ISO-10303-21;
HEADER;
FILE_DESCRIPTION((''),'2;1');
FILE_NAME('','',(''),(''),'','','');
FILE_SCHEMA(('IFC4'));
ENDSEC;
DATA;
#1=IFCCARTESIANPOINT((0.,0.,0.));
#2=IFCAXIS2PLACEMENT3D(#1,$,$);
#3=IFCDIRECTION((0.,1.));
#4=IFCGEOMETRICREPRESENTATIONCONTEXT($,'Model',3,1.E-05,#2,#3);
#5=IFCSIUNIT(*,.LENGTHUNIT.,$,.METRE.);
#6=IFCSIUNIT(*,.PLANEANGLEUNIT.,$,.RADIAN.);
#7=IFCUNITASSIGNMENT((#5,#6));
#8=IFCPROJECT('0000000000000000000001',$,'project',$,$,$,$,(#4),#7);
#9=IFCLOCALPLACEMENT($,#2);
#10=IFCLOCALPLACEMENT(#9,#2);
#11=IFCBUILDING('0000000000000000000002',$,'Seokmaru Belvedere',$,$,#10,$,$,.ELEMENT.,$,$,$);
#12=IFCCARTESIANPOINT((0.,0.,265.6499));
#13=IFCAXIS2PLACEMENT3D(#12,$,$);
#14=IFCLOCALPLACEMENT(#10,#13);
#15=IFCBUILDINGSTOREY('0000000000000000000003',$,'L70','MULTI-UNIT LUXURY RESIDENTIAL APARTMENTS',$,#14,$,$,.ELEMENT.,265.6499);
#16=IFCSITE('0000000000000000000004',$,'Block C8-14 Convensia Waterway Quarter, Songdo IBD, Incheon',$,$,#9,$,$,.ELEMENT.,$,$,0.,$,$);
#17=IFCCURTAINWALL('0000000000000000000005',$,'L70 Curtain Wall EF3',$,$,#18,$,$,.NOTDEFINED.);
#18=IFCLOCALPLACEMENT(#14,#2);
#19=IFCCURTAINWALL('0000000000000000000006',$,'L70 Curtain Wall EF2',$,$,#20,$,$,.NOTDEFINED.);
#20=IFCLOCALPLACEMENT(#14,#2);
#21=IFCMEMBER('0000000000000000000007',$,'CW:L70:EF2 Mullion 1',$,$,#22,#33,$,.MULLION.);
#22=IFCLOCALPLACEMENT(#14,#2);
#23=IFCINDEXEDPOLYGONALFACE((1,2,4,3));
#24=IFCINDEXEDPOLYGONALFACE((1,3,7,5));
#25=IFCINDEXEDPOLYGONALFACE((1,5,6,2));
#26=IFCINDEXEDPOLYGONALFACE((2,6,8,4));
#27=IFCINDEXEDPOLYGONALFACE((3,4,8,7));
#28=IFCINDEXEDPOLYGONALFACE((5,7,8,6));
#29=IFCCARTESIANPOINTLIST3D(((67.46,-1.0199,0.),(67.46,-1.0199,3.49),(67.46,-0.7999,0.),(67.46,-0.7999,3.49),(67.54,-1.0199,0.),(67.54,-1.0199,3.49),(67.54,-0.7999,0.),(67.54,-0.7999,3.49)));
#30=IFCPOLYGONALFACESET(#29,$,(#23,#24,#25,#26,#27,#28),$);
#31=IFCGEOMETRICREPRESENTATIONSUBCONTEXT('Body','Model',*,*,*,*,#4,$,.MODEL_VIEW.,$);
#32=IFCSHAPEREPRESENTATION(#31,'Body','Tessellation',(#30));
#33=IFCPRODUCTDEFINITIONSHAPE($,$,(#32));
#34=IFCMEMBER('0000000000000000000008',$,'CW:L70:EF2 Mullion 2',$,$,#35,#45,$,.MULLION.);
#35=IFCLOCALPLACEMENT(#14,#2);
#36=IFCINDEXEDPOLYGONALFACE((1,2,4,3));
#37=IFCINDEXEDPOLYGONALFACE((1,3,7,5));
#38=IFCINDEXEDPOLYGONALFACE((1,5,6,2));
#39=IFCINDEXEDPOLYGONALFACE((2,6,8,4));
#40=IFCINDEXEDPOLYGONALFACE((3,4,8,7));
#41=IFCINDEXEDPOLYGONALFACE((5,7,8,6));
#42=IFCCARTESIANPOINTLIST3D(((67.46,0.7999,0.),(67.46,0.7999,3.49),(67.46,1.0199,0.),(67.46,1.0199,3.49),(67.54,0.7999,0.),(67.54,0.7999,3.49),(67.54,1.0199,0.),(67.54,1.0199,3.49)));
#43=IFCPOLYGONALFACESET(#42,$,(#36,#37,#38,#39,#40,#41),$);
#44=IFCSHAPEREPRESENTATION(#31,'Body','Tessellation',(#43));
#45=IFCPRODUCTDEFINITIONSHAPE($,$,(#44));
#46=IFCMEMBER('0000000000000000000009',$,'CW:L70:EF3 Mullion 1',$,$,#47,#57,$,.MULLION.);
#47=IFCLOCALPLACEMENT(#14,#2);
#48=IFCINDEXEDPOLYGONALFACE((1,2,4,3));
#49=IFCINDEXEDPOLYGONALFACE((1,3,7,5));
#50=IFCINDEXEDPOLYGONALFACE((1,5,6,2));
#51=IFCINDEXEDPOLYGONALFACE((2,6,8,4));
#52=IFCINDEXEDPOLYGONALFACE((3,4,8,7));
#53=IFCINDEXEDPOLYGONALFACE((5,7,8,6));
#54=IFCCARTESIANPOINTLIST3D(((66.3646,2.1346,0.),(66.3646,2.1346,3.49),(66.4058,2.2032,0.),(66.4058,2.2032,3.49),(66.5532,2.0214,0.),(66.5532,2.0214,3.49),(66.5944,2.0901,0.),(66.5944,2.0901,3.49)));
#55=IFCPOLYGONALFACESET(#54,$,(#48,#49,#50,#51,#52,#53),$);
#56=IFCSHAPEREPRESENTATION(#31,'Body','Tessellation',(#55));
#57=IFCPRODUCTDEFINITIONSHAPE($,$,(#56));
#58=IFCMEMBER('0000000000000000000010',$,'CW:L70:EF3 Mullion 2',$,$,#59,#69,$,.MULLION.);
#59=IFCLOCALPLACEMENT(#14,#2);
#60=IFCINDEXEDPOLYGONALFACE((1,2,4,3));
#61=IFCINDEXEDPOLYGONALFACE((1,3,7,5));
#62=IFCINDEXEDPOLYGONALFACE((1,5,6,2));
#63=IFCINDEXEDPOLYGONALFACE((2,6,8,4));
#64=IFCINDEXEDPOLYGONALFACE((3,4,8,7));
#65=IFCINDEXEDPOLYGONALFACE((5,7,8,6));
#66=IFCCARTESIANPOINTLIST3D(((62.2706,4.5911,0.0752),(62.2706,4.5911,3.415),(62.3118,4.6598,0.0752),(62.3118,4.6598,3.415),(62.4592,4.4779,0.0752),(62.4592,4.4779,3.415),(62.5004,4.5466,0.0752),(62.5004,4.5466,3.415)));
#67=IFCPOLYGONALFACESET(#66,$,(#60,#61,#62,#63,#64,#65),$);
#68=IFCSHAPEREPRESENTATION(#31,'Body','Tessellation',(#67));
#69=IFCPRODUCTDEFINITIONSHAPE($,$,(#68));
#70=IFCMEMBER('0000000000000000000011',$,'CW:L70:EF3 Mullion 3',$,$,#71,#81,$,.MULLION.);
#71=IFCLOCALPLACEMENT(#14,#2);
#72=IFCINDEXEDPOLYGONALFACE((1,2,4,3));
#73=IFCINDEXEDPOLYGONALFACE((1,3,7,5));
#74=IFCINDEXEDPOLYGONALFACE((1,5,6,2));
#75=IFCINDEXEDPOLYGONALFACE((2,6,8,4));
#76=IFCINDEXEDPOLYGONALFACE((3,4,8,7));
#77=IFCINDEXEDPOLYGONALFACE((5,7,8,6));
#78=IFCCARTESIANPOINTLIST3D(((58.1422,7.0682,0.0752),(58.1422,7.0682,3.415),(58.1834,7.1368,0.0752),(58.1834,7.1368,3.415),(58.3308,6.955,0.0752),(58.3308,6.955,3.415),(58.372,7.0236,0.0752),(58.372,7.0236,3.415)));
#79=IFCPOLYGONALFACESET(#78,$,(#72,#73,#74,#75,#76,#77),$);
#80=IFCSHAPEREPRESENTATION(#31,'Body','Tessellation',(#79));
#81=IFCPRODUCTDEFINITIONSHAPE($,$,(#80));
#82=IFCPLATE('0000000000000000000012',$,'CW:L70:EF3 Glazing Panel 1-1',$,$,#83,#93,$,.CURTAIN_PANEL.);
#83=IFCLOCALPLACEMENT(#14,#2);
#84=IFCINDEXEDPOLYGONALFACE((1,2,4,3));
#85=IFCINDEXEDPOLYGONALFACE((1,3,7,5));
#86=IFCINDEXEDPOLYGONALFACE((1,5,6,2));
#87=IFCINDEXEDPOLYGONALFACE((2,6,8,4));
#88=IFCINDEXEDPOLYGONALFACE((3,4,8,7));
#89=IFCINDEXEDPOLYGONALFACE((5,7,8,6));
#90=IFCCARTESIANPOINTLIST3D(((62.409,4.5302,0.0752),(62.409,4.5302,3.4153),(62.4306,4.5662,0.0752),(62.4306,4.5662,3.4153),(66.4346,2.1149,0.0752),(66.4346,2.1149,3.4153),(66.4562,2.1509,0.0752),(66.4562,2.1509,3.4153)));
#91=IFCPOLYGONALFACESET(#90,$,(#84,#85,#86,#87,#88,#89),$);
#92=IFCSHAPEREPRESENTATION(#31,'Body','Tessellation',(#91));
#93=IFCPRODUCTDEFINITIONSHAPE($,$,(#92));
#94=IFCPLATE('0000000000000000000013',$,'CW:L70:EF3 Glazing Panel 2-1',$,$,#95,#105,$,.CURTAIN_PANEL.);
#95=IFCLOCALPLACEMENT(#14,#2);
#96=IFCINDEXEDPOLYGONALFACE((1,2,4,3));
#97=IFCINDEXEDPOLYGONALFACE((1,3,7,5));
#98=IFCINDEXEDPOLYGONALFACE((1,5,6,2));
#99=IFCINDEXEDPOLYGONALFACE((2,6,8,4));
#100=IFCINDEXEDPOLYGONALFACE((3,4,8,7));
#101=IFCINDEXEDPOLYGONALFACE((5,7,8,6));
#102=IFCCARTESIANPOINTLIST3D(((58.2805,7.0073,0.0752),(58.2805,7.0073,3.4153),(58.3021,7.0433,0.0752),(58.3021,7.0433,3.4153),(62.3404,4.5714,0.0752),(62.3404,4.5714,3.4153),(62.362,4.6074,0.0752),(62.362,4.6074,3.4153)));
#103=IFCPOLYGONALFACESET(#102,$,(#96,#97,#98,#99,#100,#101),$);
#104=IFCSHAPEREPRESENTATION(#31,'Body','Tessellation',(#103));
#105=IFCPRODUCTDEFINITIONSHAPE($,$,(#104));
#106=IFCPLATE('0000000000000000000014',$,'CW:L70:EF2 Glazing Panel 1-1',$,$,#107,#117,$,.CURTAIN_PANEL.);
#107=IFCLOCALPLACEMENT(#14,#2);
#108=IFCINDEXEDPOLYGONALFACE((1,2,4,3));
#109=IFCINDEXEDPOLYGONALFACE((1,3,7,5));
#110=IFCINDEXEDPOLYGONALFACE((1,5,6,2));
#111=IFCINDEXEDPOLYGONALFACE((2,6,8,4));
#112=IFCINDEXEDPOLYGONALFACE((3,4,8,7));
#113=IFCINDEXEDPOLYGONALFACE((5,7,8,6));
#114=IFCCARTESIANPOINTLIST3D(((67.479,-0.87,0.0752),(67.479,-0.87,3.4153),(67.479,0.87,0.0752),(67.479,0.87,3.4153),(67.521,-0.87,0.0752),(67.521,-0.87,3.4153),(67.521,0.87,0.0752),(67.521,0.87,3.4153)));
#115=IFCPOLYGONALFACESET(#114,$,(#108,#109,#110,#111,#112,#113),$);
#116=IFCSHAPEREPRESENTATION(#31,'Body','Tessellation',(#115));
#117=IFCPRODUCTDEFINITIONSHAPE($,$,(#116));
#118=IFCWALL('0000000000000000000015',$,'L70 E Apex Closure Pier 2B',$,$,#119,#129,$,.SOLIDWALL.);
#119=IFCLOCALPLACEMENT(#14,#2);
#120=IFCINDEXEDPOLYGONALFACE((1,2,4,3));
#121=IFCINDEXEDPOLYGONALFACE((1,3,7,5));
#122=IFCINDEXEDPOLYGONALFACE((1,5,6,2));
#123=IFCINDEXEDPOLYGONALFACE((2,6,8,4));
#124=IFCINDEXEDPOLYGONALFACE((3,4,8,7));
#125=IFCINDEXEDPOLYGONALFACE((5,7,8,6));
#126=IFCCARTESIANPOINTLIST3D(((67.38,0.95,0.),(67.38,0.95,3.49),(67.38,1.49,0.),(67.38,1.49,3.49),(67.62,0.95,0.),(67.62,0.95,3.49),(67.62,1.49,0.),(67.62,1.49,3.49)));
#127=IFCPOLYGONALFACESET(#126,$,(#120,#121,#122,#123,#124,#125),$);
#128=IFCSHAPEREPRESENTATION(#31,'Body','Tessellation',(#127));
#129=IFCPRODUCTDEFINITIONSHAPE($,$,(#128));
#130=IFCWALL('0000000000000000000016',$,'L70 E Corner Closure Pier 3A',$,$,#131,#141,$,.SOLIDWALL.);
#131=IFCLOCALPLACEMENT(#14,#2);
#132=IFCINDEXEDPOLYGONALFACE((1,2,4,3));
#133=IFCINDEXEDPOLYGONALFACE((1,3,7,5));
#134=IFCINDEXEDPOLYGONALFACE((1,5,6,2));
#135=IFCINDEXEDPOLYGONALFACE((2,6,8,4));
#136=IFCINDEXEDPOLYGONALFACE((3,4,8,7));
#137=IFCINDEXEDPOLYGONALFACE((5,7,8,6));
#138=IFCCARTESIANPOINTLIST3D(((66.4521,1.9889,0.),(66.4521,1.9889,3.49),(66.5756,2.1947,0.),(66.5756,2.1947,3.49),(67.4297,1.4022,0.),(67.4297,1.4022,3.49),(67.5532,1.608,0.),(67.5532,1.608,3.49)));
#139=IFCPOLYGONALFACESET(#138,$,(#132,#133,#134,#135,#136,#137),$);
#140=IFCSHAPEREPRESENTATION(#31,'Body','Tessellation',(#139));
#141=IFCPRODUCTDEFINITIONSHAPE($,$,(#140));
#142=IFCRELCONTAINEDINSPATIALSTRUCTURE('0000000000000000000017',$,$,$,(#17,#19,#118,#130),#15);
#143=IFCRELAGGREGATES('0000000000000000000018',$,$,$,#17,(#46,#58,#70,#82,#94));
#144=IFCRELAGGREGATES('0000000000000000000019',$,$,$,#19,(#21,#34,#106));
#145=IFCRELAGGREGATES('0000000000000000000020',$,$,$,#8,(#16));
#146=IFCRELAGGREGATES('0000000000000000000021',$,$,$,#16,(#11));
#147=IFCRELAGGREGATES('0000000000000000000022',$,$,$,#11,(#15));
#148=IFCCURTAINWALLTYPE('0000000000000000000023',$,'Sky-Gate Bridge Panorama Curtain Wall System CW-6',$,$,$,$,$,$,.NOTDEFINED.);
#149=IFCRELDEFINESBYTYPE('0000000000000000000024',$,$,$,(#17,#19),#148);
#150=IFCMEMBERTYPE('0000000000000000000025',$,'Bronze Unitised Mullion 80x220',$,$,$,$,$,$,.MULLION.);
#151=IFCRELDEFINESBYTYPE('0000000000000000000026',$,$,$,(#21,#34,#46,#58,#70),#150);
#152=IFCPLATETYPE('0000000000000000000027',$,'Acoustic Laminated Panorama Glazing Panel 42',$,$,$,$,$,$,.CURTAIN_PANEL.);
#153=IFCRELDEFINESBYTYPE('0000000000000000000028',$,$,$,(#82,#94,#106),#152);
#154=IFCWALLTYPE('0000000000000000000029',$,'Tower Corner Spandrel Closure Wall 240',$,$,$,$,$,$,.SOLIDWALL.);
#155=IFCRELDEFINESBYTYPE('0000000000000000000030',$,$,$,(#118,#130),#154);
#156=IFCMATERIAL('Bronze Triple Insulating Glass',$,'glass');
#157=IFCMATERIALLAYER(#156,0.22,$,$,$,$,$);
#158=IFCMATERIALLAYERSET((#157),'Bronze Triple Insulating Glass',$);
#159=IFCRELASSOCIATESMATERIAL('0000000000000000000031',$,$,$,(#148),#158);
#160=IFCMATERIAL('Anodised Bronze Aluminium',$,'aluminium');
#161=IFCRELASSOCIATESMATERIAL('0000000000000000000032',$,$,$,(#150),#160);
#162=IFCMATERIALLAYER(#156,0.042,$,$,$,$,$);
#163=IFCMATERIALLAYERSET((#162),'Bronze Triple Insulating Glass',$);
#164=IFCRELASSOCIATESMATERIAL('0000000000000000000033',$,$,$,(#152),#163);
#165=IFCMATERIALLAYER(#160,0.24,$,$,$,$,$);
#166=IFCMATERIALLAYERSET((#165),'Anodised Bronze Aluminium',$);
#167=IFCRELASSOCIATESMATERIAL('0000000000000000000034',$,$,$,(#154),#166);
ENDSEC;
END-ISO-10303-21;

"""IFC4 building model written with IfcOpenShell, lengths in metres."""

from ifc_helpers import new_model, si_unit, direction, frame, frame_2d, origin, origin_2d, place, context, subcontext, project, spatial, rectangle, extrude, source, transform, mapped, material, layer, layer_set, material_profile, profile_set, type_object, type_shapes, element, aggregate, save


model = new_model("IFC4")

# Units and contexts
model_context = context("Model", 3, precision=1e-05, world=origin(), true_north=direction((0.0, 1.0)))
body_context = subcontext(model_context, "Body", "Model", "MODEL_VIEW")
ifc_project = project(units=[si_unit("LENGTHUNIT", "METRE"), si_unit("PLANEANGLEUNIT", "RADIAN")], contexts=[model_context])

# Site, building, storey
site_placement = place(None, origin())
site = spatial("IfcSite", under=ifc_project, at=site_placement, Name="Block C8-14 Convensia Waterway Quarter, Songdo IBD, Incheon", CompositionType="ELEMENT", RefElevation=0.0)
building_placement = place(site_placement, origin())
building = spatial("IfcBuilding", under=site, at=building_placement, Name="Seokmaru Belvedere", CompositionType="ELEMENT")
storey_placement = place(building_placement, frame((0.0, 0.0, 265.6499)))
storey = spatial("IfcBuildingStorey", under=building, at=storey_placement, Name="L70", Description="MULTI-UNIT LUXURY RESIDENTIAL APARTMENTS", CompositionType="ELEMENT", Elevation=265.6499)

# Curtain walls, members
ifc_material_1 = material(Name="Bronze Triple Insulating Glass", Category="glass")
ifc_layer_1 = layer(ifc_material_1, 0.22)
ifc_layer_set_1 = layer_set([ifc_layer_1], Name="Bronze Triple Insulating Glass")
curtain_wall_type = type_object("IfcCurtainWallType", Name="Sky-Gate Bridge Panorama Curtain Wall System CW-6", PredefinedType="NOTDEFINED", material=ifc_layer_set_1)
curtain_wall_1_placement = place(storey_placement, origin())
curtain_wall_1 = element("IfcCurtainWall", 1, at=curtain_wall_1_placement, inside=storey, type_object=curtain_wall_type, Name="L70 Curtain Wall EF3", PredefinedType="NOTDEFINED")
ifc_material_2 = material(Name="Anodised Bronze Aluminium", Category="aluminium")
curtain_wall_2_placement = place(storey_placement, origin())
curtain_wall_2 = element("IfcCurtainWall", 2, at=curtain_wall_2_placement, inside=storey, type_object=curtain_wall_type, Name="L70 Curtain Wall EF2", PredefinedType="NOTDEFINED")
ifc_material_profile_1 = material_profile(ifc_material_2, rectangle(XDim=0.0801, YDim=0.22, at=origin_2d()), Name="CW-M-80x220")
ifc_profile_set_1 = profile_set([ifc_material_profile_1], Name="Anodised Bronze Aluminium")
member_type_1 = type_object("IfcMemberType", Name="Bronze Unitised Mullion 80x220", PredefinedType="MULLION", material=ifc_profile_set_1)
shared_shape_1 = source(origin(), body_context, "Body", "SweptSolid", [
    extrude(rectangle(XDim=0.0801, YDim=0.22, at=origin_2d()), origin(), (0.0, 0.0, 1.0), 3.49),
])
member_1_placement = place(storey_placement, frame((67.5, -0.9099, 0.0), z_axis=(0.0, 0.0, 1.0), x_axis=(-1.0, 0.0, 0.0)))
member_1 = element("IfcMember", 3, at=member_1_placement, type_object=member_type_1, Name="CW:L70:EF2 Mullion 1", PredefinedType="MULLION", context=body_context, shape_type="MappedRepresentation", body=[
    mapped(shared_shape_1, transform((0.0, 0.0, 0.0), scale=1.0)),
])
member_2_placement = place(storey_placement, frame((67.5, 0.9099, 0.0), z_axis=(0.0, 0.0, 1.0), x_axis=(-1.0, 0.0, 0.0)))
member_2 = element("IfcMember", 4, at=member_2_placement, type_object=member_type_1, Name="CW:L70:EF2 Mullion 2", PredefinedType="MULLION", context=body_context, shape_type="MappedRepresentation", body=[
    mapped(shared_shape_1, transform((0.0, 0.0, 0.0), scale=1.0)),
])

# Members
member_3_placement = place(storey_placement, frame((66.4795, 2.1123, 0.0), z_axis=(0.0, 0.0, 1.0), x_axis=(-0.514495, -0.857493, 0.0)))
member_3 = element("IfcMember", 5, at=member_3_placement, type_object=member_type_1, Name="CW:L70:EF3 Mullion 1", PredefinedType="MULLION", context=body_context, shape_type="MappedRepresentation", body=[
    mapped(shared_shape_1, transform((0.0, 0.0, 0.0), scale=1.0)),
])
shared_shape_2 = source(origin(), body_context, "Body", "SweptSolid", [
    extrude(rectangle(XDim=0.0801, YDim=0.22, at=origin_2d()), origin(), (0.0, 0.0, 1.0), 3.3398),
])
type_shapes(member_type_1, [shared_shape_1, shared_shape_2])
member_4_placement = place(storey_placement, frame((62.3855, 4.5688, 0.0752), z_axis=(0.0, 0.0, 1.0), x_axis=(-0.514495, -0.857493, 0.0)))
member_4 = element("IfcMember", 6, at=member_4_placement, type_object=member_type_1, Name="CW:L70:EF3 Mullion 2", PredefinedType="MULLION", context=body_context, shape_type="MappedRepresentation", body=[
    mapped(shared_shape_2, transform((0.0, 0.0, 0.0), scale=1.0)),
])
member_5_placement = place(storey_placement, frame((58.2571, 7.0459, 0.0752), z_axis=(0.0, 0.0, 1.0), x_axis=(-0.514495, -0.857493, 0.0)))
member_5 = element("IfcMember", 7, at=member_5_placement, type_object=member_type_1, Name="CW:L70:EF3 Mullion 3", PredefinedType="MULLION", context=body_context, shape_type="MappedRepresentation", body=[
    mapped(shared_shape_2, transform((0.0, 0.0, 0.0), scale=1.0)),
])

# Plates
ifc_layer_2 = layer(ifc_material_1, 0.042)
ifc_layer_set_2 = layer_set([ifc_layer_2], Name="Bronze Triple Insulating Glass")
plate_type = type_object("IfcPlateType", Name="Acoustic Laminated Panorama Glazing Panel 42", PredefinedType="CURTAIN_PANEL", material=ifc_layer_set_2)
shared_shape_3 = source(origin(), body_context, "Body", "SweptSolid", [
    extrude(rectangle(XDim=4.6946, YDim=0.042, at=origin_2d()), origin(), (0.0, 0.0, 1.0), 3.3401),
])
plate_1_placement = place(storey_placement, frame((64.4326, 3.3406, 0.0752), z_axis=(0.0, 0.0, 1.0), x_axis=(-0.857493, 0.514495, 0.0)))
plate_1 = element("IfcPlate", 8, at=plate_1_placement, type_object=plate_type, Name="CW:L70:EF3 Glazing Panel 1-1", PredefinedType="CURTAIN_PANEL", context=body_context, shape_type="MappedRepresentation", body=[
    mapped(shared_shape_3, transform((0.0, 0.0, 0.0), scale=1.0)),
])
shared_shape_4 = source(origin(), body_context, "Body", "SweptSolid", [
    extrude(rectangle(XDim=4.7346, YDim=0.042, at=origin_2d()), origin(), (0.0, 0.0, 1.0), 3.3401),
])
plate_2_placement = place(storey_placement, frame((60.3213, 5.8074, 0.0752), z_axis=(0.0, 0.0, 1.0), x_axis=(-0.857493, 0.514495, 0.0)))
plate_2 = element("IfcPlate", 9, at=plate_2_placement, type_object=plate_type, Name="CW:L70:EF3 Glazing Panel 2-1", PredefinedType="CURTAIN_PANEL", context=body_context, shape_type="MappedRepresentation", body=[
    mapped(shared_shape_4, transform((0.0, 0.0, 0.0), scale=1.0)),
])
aggregate(curtain_wall_1, [member_3, member_4, member_5, plate_1, plate_2])
shared_shape_5 = source(origin(), body_context, "Body", "SweptSolid", [
    extrude(rectangle(XDim=1.74, YDim=0.042, at=origin_2d()), origin(), (0.0, 0.0, 1.0), 3.3401),
])
type_shapes(plate_type, [shared_shape_3, shared_shape_4, shared_shape_5])
plate_3_placement = place(storey_placement, frame((67.5, 0.0, 0.0752), z_axis=(0.0, 0.0, 1.0), x_axis=(0.0, 1.0, 0.0)))
plate_3 = element("IfcPlate", 10, at=plate_3_placement, type_object=plate_type, Name="CW:L70:EF2 Glazing Panel 1-1", PredefinedType="CURTAIN_PANEL", context=body_context, shape_type="MappedRepresentation", body=[
    mapped(shared_shape_5, transform((0.0, 0.0, 0.0), scale=1.0)),
])
aggregate(curtain_wall_2, [member_1, member_2, plate_3])

# Walls
ifc_layer_3 = layer(ifc_material_2, 0.24)
ifc_layer_set_3 = layer_set([ifc_layer_3], Name="Anodised Bronze Aluminium")
wall_type = type_object("IfcWallType", Name="Tower Corner Spandrel Closure Wall 240", PredefinedType="SOLIDWALL", material=ifc_layer_set_3)
wall_1_placement = place(storey_placement, frame((67.5, 0.95, 0.0), z_axis=(0.0, 0.0, 1.0), x_axis=(0.0, 1.0, 0.0)))
element("IfcWall", 11, at=wall_1_placement, inside=storey, type_object=wall_type, Name="L70 E Apex Closure Pier 2B", PredefinedType="SOLIDWALL", context=body_context, shape_type="SweptSolid", body=[
    extrude(rectangle(XDim=0.54, YDim=0.24, at=frame_2d((0.27, 0.0))), origin(), (0.0, 0.0, 1.0), 3.49),
])
wall_2_placement = place(storey_placement, frame((67.4915, 1.5051, 0.0), z_axis=(0.0, 0.0, 1.0), x_axis=(-0.857436, 0.51459, 0.0)))
element("IfcWall", 12, at=wall_2_placement, inside=storey, type_object=wall_type, Name="L70 E Corner Closure Pier 3A", PredefinedType="SOLIDWALL", context=body_context, shape_type="SweptSolid", body=[
    extrude(rectangle(XDim=1.1401, YDim=0.24, at=frame_2d((0.5701, 0.0))), origin(), (0.0, 0.0, 1.0), 3.49),
])

save(model, "model.ifc")
